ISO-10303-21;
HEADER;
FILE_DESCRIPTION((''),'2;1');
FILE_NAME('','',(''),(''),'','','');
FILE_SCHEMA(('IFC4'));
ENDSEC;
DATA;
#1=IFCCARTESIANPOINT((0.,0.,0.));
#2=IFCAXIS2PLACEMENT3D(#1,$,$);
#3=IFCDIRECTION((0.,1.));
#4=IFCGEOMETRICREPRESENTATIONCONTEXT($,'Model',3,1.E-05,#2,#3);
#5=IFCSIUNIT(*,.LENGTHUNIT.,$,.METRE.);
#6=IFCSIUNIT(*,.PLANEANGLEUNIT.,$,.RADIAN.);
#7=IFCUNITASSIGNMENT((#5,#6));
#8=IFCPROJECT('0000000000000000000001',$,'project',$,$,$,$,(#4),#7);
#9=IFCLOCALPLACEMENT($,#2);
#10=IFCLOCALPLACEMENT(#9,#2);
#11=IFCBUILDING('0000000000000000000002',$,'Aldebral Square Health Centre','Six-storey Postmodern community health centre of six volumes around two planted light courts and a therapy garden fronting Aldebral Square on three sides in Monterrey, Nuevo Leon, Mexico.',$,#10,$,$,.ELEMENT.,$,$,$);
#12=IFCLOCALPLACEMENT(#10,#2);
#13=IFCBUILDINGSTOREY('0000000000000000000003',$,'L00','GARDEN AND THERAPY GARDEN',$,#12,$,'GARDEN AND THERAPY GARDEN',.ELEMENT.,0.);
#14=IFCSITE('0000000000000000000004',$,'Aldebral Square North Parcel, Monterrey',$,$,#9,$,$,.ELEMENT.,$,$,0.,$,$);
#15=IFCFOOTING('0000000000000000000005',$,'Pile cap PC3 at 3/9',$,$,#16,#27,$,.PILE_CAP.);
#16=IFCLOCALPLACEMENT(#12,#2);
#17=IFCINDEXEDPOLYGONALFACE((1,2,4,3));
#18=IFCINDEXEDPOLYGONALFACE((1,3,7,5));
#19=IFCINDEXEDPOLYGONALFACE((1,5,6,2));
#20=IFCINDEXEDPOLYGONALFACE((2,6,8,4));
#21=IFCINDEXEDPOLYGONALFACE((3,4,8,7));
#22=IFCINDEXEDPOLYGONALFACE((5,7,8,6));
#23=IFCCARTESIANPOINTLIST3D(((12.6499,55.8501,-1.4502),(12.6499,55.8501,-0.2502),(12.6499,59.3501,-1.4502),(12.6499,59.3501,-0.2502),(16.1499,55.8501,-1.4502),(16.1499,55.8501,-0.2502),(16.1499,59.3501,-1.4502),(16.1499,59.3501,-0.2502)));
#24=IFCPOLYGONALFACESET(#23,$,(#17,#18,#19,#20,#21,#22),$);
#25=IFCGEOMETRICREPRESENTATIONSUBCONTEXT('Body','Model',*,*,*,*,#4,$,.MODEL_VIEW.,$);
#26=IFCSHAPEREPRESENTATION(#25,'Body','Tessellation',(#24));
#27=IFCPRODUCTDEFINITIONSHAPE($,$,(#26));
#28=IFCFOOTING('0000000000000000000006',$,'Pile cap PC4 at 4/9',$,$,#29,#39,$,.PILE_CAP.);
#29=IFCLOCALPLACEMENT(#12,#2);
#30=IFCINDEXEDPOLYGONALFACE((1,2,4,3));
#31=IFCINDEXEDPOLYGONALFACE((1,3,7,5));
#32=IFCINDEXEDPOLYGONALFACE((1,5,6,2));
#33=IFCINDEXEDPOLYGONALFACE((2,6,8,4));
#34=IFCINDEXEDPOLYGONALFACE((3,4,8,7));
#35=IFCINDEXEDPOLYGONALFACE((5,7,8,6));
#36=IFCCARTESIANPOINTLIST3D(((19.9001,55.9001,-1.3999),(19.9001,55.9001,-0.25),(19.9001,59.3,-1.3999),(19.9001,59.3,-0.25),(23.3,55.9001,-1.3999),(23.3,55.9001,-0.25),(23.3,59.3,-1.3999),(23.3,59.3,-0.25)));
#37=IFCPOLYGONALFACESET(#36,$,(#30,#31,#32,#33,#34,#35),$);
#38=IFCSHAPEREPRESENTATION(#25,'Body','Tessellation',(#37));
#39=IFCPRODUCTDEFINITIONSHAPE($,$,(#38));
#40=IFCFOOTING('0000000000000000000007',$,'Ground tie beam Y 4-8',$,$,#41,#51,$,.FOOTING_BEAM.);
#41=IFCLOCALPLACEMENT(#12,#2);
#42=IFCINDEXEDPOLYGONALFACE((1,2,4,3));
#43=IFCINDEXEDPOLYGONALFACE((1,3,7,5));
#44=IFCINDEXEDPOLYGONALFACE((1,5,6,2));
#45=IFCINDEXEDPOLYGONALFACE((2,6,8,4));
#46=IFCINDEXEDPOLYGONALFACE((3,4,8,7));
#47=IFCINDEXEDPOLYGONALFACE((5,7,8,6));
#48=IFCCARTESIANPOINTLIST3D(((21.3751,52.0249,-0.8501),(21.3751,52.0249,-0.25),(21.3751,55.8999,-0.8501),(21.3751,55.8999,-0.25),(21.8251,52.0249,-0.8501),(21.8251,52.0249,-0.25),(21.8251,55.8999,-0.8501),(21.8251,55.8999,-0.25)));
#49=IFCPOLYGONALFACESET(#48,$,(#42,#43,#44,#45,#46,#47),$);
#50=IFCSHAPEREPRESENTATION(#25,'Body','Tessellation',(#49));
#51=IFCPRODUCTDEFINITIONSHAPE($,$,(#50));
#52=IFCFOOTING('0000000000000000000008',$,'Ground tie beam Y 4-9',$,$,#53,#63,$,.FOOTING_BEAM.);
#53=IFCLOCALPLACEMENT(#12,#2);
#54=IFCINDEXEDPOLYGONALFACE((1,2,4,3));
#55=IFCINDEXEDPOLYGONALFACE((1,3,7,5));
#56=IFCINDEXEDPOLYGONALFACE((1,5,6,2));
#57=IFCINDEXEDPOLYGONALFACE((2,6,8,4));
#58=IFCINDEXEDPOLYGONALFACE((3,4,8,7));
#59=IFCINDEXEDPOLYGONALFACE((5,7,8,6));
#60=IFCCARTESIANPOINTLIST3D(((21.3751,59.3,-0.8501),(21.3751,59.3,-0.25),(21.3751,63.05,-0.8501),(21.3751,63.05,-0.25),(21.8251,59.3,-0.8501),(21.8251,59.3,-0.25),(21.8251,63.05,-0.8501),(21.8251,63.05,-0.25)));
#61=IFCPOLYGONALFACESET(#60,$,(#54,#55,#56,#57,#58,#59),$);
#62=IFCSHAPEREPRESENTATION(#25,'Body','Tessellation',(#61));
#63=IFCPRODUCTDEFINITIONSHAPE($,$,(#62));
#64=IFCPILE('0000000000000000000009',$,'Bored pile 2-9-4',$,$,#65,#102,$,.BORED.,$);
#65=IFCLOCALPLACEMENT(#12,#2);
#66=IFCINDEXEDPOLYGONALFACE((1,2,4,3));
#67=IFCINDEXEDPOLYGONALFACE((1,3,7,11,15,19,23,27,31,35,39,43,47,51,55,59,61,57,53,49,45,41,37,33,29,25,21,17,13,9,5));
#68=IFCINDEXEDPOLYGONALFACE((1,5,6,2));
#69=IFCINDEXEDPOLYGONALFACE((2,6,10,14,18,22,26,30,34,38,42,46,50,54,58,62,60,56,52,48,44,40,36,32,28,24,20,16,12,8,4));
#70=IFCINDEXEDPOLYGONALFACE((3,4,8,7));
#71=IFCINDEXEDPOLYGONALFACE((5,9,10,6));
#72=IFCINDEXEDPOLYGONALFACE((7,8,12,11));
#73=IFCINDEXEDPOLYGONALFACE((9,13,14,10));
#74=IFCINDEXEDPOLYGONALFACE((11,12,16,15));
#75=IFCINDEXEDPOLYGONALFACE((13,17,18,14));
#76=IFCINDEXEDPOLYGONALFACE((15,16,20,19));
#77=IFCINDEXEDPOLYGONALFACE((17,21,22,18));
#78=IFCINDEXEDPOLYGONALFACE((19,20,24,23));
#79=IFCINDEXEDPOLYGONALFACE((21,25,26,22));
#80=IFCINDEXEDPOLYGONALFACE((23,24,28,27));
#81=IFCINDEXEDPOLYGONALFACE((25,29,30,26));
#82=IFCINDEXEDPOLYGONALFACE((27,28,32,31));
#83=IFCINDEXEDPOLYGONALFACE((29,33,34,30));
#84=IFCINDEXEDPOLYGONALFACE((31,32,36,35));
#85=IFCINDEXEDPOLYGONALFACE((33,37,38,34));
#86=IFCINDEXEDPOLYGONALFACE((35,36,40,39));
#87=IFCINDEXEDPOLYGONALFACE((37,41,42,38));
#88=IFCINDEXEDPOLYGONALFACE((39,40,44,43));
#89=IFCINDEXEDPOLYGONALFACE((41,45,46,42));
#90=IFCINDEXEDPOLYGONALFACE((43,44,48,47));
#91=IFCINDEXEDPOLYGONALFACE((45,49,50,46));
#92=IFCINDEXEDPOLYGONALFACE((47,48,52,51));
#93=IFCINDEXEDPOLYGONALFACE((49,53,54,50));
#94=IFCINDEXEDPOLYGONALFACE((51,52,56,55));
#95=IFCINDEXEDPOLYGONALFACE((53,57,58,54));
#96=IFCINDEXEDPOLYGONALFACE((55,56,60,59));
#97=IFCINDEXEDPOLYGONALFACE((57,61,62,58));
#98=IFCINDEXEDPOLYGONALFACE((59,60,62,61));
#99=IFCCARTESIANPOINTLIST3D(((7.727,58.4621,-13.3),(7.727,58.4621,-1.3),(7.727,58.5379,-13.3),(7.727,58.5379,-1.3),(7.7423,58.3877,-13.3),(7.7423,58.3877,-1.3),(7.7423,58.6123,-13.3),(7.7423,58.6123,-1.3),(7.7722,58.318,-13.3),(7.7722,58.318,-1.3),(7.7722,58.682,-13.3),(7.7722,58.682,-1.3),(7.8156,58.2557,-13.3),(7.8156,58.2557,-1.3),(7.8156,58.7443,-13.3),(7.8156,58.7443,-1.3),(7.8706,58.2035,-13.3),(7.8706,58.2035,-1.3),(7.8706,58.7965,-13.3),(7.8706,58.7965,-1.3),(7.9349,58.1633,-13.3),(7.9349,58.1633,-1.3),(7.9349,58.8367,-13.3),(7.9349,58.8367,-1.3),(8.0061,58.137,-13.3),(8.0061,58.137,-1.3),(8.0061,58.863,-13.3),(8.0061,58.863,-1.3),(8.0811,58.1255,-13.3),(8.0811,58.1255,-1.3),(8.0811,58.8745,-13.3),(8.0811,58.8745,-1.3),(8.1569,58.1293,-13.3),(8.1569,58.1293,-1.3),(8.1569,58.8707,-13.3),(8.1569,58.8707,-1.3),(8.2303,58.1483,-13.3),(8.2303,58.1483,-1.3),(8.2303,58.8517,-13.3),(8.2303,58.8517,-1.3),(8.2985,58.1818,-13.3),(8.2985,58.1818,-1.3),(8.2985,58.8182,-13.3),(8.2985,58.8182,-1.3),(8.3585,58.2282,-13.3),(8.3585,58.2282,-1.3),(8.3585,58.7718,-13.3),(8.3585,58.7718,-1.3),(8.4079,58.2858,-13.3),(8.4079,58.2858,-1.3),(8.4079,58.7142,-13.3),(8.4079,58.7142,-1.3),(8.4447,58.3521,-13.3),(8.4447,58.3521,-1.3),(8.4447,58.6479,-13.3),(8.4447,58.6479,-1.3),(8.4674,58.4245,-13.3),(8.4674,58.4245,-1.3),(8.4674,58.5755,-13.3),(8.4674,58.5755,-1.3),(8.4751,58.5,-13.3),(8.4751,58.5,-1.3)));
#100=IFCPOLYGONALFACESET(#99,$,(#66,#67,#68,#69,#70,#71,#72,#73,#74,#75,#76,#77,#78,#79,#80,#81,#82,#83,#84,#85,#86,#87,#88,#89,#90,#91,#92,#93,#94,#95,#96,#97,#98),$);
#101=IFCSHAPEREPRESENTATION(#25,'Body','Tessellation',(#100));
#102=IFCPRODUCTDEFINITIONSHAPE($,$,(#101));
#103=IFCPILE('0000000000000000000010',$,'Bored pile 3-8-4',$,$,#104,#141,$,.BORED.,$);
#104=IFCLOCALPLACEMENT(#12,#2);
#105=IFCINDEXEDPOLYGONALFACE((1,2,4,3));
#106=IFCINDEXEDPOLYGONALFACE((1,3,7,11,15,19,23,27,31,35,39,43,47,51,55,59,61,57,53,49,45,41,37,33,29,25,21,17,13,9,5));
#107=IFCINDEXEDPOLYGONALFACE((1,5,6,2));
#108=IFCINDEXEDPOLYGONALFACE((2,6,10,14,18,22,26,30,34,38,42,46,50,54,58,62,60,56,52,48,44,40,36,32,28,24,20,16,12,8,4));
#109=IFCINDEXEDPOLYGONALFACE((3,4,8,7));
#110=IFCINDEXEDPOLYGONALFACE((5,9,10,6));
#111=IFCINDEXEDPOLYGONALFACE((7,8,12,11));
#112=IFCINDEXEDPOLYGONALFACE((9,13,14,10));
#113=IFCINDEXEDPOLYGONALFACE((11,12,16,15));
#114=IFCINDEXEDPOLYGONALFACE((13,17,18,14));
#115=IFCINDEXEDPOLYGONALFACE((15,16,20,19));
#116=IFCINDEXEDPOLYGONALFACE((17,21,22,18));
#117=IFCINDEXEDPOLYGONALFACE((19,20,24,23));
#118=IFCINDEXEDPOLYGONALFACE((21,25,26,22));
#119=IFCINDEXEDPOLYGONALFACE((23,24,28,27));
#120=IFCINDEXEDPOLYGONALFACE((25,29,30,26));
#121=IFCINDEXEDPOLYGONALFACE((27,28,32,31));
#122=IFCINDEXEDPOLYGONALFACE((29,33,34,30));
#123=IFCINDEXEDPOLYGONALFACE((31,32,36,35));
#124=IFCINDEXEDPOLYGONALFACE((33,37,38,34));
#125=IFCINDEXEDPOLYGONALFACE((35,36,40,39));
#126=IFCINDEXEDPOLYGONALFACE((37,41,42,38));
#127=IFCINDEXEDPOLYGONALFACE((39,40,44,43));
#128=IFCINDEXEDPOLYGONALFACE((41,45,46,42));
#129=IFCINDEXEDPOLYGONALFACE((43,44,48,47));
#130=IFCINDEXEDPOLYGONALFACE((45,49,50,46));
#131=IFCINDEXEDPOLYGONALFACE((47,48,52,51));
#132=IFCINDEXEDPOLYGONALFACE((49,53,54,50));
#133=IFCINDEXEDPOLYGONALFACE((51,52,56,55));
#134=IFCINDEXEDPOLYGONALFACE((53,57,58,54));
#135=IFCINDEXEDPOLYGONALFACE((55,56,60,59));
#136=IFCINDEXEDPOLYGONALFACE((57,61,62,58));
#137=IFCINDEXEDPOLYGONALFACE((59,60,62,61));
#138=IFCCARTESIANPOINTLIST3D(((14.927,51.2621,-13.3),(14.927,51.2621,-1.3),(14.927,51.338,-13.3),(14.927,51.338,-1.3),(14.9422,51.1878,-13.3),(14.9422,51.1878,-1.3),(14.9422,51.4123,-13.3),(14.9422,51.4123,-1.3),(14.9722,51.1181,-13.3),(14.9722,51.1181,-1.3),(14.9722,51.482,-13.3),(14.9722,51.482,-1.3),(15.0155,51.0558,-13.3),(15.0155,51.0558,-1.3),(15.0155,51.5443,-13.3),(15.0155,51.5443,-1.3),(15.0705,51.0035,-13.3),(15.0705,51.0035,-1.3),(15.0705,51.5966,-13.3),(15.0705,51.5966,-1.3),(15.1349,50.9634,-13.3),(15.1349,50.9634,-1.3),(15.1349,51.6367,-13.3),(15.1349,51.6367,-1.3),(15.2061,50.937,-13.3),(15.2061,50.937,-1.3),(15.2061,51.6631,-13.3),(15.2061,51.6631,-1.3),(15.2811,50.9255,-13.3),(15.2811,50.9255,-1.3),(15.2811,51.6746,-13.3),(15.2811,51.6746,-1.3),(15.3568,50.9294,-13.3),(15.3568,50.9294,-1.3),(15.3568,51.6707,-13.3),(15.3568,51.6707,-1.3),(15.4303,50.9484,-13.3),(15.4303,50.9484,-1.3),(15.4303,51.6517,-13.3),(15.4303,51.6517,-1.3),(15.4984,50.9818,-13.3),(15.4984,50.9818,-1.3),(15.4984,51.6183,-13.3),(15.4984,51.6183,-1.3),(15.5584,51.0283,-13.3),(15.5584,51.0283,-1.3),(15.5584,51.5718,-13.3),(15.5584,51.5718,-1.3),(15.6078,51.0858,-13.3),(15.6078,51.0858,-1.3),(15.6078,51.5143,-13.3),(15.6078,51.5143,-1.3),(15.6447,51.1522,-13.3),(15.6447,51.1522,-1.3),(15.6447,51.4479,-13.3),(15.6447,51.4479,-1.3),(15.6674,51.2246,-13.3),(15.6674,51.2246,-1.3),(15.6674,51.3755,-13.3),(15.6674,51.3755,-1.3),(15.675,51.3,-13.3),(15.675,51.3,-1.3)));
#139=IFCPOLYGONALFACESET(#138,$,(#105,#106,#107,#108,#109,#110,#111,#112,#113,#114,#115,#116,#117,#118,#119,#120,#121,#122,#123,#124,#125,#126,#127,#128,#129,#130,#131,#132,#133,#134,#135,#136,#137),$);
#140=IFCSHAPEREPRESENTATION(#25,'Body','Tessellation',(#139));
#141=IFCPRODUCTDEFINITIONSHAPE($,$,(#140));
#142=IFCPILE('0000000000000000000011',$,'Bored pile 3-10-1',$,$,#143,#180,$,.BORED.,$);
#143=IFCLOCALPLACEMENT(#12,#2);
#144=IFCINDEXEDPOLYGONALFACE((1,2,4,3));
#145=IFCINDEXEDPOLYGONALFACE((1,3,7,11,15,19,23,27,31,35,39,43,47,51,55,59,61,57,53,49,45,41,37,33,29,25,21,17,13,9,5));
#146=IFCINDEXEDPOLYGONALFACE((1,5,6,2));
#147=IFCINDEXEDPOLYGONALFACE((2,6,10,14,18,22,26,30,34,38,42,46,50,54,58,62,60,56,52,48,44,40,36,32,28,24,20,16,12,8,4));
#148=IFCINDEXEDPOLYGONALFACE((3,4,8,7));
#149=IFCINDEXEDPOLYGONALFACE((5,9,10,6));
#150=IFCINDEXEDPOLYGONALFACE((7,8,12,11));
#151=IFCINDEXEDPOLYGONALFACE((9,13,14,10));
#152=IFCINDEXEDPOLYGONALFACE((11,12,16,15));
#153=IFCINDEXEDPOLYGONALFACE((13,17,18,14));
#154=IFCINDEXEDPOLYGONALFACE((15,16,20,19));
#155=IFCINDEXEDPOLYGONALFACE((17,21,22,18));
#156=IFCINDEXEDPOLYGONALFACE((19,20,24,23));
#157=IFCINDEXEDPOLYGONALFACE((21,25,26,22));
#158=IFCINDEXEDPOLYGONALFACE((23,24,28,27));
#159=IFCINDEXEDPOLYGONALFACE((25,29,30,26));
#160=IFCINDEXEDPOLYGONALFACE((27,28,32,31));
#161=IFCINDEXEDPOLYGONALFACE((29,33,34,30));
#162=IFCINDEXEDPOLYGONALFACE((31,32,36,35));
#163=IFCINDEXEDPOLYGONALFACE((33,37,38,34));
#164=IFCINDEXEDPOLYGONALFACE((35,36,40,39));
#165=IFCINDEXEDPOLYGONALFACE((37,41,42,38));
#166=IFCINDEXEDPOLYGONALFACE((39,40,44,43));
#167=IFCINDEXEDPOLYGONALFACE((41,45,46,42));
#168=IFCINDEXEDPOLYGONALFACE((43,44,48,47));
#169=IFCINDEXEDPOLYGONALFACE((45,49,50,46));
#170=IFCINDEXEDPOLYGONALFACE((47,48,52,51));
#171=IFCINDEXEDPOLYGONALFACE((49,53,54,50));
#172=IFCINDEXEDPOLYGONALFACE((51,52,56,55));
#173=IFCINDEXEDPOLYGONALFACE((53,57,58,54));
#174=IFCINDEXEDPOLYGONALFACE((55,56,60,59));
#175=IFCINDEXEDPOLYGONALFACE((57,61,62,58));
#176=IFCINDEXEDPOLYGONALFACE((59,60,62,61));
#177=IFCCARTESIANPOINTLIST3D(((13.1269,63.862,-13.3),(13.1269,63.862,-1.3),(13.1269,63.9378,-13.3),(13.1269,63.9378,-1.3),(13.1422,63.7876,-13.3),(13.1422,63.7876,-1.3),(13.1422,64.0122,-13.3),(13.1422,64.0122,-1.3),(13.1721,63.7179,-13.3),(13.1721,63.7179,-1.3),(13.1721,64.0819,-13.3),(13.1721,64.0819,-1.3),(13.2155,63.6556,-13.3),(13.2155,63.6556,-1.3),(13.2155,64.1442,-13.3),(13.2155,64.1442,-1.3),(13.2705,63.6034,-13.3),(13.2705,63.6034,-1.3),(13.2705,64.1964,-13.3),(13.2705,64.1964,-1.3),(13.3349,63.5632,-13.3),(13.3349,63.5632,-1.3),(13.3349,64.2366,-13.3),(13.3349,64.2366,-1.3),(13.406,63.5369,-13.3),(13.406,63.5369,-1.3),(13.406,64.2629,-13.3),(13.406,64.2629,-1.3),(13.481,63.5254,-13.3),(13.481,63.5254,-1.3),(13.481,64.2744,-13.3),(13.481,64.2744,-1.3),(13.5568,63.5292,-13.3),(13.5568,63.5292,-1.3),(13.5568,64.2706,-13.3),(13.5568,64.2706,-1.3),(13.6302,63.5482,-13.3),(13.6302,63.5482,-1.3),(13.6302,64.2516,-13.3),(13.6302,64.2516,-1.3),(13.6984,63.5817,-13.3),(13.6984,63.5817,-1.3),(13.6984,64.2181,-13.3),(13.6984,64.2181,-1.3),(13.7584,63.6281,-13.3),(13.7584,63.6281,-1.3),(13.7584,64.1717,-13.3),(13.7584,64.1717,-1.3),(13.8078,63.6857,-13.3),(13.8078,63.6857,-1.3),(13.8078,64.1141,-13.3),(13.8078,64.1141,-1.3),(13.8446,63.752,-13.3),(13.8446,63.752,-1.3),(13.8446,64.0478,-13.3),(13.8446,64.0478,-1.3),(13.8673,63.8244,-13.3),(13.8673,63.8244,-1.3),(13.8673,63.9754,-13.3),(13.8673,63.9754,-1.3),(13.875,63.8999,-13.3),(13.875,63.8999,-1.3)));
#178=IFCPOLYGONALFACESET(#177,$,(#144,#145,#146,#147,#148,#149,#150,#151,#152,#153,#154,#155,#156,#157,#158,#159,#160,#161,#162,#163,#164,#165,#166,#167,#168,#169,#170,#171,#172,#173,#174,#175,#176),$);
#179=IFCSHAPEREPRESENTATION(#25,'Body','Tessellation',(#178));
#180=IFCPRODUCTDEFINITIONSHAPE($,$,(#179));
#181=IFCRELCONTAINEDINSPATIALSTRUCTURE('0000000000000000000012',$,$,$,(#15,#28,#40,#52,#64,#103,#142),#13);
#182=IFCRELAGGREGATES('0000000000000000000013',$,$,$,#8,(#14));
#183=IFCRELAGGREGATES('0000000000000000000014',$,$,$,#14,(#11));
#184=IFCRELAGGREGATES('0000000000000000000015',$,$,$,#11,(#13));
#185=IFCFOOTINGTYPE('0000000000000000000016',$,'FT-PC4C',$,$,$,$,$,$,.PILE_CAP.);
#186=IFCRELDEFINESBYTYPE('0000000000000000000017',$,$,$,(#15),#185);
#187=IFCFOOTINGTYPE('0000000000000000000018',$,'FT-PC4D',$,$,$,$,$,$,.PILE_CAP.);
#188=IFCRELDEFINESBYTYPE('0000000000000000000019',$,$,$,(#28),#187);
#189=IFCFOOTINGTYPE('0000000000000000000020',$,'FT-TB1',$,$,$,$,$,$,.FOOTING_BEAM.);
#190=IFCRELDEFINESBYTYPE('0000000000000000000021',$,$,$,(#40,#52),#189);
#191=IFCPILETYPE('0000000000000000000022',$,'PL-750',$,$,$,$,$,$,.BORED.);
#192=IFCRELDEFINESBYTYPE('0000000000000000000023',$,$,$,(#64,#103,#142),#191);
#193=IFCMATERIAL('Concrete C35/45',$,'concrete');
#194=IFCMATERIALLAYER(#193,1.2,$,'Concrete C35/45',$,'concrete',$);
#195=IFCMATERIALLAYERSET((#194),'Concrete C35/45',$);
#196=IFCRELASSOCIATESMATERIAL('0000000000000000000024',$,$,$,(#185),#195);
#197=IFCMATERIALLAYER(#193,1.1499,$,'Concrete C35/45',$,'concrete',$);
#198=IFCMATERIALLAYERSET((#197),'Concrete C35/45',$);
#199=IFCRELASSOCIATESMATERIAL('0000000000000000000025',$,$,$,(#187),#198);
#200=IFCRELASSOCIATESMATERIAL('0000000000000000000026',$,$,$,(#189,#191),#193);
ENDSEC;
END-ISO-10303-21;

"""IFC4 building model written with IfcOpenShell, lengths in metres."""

from ifc_helpers import new_model, si_unit, direction, frame, origin, origin_2d, place, context, subcontext, project, spatial, rectangle, circle, extrude, material, layer, layer_set, material_profile, profile_set, type_object, element, save


model = new_model("IFC4")

# Units and contexts
model_context = context("Model", 3, precision=1e-05, world=origin(), true_north=direction((0.0, 1.0)))
body_context = subcontext(model_context, "Body", "Model", "MODEL_VIEW")
ifc_project = project(units=[si_unit("LENGTHUNIT", "METRE"), si_unit("PLANEANGLEUNIT", "RADIAN")], contexts=[model_context])

# Site, building, storey
site_placement = place(None, origin())
site = spatial("IfcSite", under=ifc_project, at=site_placement, Name="Aldebral Square North Parcel, Monterrey", CompositionType="ELEMENT", RefElevation=0.0)
building_placement = place(site_placement, origin())
building = spatial("IfcBuilding", under=site, at=building_placement, Name="Aldebral Square Health Centre", Description="Six-storey Postmodern community health centre of six volumes around two planted light courts and a therapy garden fronting Aldebral Square on three sides in Monterrey, Nuevo Leon, Mexico.", CompositionType="ELEMENT")
storey_placement = place(building_placement, origin())
storey = spatial("IfcBuildingStorey", under=building, at=storey_placement, Name="L00", Description="GARDEN AND THERAPY GARDEN", LongName="GARDEN AND THERAPY GARDEN", CompositionType="ELEMENT", Elevation=0.0)

# Footings
ifc_material_1 = material(Name="Concrete C35/45", Category="concrete")
ifc_layer_1 = layer(ifc_material_1, 1.2, Name="Concrete C35/45", Category="concrete")
ifc_layer_set_1 = layer_set([ifc_layer_1], Name="Concrete C35/45")
footing_type_1 = type_object("IfcFootingType", Name="FT-PC4C", PredefinedType="PILE_CAP", material=ifc_layer_set_1)
footing_1_placement = place(storey_placement, frame((14.3999, 57.6001, -1.4502), z_axis=(0.0, 0.0, 1.0), x_axis=(1.0, 0.0, 0.0)))
element("IfcFooting", 1, at=footing_1_placement, inside=storey, type_object=footing_type_1, Name="Pile cap PC3 at 3/9", PredefinedType="PILE_CAP", context=body_context, shape_type="SweptSolid", body=[
    extrude(rectangle(XDim=3.5, YDim=3.5, at=origin_2d()), origin(), (0.0, 0.0, 1.0), 1.2),
])
ifc_layer_2 = layer(ifc_material_1, 1.1499, Name="Concrete C35/45", Category="concrete")
ifc_layer_set_2 = layer_set([ifc_layer_2], Name="Concrete C35/45")
footing_type_2 = type_object("IfcFootingType", Name="FT-PC4D", PredefinedType="PILE_CAP", material=ifc_layer_set_2)
footing_2_placement = place(storey_placement, frame((21.6001, 57.6001, -1.3999), z_axis=(0.0, 0.0, 1.0), x_axis=(1.0, 0.0, 0.0)))
element("IfcFooting", 2, at=footing_2_placement, inside=storey, type_object=footing_type_2, Name="Pile cap PC4 at 4/9", PredefinedType="PILE_CAP", context=body_context, shape_type="SweptSolid", body=[
    extrude(rectangle(XDim=3.3999, YDim=3.3999, at=origin_2d()), origin(), (0.0, 0.0, 1.0), 1.1499),
])
ifc_material_profile_1 = material_profile(ifc_material_1, rectangle(XDim=0.45, YDim=0.6001, at=origin_2d()), Name="RC 450x600")
ifc_profile_set_1 = profile_set([ifc_material_profile_1], Name="Concrete C35/45")
footing_type_3 = type_object("IfcFootingType", Name="FT-TB1", PredefinedType="FOOTING_BEAM", material=ifc_profile_set_1)
footing_3_placement = place(storey_placement, frame((21.6001, 52.0249, -0.55), z_axis=(0.0, 1.0, 0.0), x_axis=(-1.0, 0.0, 0.0)))
element("IfcFooting", 3, at=footing_3_placement, inside=storey, type_object=footing_type_3, Name="Ground tie beam Y 4-8", PredefinedType="FOOTING_BEAM", context=body_context, shape_type="SweptSolid", body=[
    extrude(rectangle(XDim=0.45, YDim=0.6001, at=origin_2d()), origin(), (0.0, 0.0, 1.0), 3.875),
])
footing_4_placement = place(storey_placement, frame((21.6001, 59.3, -0.55), z_axis=(0.0, 1.0, 0.0), x_axis=(-1.0, 0.0, 0.0)))
element("IfcFooting", 4, at=footing_4_placement, inside=storey, type_object=footing_type_3, Name="Ground tie beam Y 4-9", PredefinedType="FOOTING_BEAM", context=body_context, shape_type="SweptSolid", body=[
    extrude(rectangle(XDim=0.45, YDim=0.6001, at=origin_2d()), origin(), (0.0, 0.0, 1.0), 3.75),
])

# Piles
ifc_material_profile_2 = material_profile(ifc_material_1, circle(Radius=0.375, at=origin_2d()), Name="PILE D750")
ifc_profile_set_2 = profile_set([ifc_material_profile_2], Name="Concrete C35/45")
pile_type_1 = type_object("IfcPileType", Name="PL-750", PredefinedType="BORED", material=ifc_profile_set_2)
for number, where, z_axis, x_axis, name in (
    (5, (8.1001, 58.5, -1.3), (0.0, 0.0, -1.0), (1.0, 0.0, 0.0), "Bored pile 2-9-4"),
    (6, (15.3, 51.3, -1.3), (0.0, 0.0, -1.0), (1.0, 0.0, 0.0), "Bored pile 3-8-4"),
    (7, (13.5, 63.8999, -1.3), (0.0, 0.0, -1.0), (1.0, 0.0, 0.0), "Bored pile 3-10-1"),
):
    element("IfcPile", number, at=place(storey_placement, frame(where, z_axis=z_axis, x_axis=x_axis)), inside=storey, type_object=pile_type_1, Name=name, PredefinedType="BORED", context=body_context, shape_type="SweptSolid", body=[
        extrude(circle(Radius=0.375, at=origin_2d()), origin(), (0.0, 0.0, 1.0), 12.0),
    ])

save(model, "model.ifc")
